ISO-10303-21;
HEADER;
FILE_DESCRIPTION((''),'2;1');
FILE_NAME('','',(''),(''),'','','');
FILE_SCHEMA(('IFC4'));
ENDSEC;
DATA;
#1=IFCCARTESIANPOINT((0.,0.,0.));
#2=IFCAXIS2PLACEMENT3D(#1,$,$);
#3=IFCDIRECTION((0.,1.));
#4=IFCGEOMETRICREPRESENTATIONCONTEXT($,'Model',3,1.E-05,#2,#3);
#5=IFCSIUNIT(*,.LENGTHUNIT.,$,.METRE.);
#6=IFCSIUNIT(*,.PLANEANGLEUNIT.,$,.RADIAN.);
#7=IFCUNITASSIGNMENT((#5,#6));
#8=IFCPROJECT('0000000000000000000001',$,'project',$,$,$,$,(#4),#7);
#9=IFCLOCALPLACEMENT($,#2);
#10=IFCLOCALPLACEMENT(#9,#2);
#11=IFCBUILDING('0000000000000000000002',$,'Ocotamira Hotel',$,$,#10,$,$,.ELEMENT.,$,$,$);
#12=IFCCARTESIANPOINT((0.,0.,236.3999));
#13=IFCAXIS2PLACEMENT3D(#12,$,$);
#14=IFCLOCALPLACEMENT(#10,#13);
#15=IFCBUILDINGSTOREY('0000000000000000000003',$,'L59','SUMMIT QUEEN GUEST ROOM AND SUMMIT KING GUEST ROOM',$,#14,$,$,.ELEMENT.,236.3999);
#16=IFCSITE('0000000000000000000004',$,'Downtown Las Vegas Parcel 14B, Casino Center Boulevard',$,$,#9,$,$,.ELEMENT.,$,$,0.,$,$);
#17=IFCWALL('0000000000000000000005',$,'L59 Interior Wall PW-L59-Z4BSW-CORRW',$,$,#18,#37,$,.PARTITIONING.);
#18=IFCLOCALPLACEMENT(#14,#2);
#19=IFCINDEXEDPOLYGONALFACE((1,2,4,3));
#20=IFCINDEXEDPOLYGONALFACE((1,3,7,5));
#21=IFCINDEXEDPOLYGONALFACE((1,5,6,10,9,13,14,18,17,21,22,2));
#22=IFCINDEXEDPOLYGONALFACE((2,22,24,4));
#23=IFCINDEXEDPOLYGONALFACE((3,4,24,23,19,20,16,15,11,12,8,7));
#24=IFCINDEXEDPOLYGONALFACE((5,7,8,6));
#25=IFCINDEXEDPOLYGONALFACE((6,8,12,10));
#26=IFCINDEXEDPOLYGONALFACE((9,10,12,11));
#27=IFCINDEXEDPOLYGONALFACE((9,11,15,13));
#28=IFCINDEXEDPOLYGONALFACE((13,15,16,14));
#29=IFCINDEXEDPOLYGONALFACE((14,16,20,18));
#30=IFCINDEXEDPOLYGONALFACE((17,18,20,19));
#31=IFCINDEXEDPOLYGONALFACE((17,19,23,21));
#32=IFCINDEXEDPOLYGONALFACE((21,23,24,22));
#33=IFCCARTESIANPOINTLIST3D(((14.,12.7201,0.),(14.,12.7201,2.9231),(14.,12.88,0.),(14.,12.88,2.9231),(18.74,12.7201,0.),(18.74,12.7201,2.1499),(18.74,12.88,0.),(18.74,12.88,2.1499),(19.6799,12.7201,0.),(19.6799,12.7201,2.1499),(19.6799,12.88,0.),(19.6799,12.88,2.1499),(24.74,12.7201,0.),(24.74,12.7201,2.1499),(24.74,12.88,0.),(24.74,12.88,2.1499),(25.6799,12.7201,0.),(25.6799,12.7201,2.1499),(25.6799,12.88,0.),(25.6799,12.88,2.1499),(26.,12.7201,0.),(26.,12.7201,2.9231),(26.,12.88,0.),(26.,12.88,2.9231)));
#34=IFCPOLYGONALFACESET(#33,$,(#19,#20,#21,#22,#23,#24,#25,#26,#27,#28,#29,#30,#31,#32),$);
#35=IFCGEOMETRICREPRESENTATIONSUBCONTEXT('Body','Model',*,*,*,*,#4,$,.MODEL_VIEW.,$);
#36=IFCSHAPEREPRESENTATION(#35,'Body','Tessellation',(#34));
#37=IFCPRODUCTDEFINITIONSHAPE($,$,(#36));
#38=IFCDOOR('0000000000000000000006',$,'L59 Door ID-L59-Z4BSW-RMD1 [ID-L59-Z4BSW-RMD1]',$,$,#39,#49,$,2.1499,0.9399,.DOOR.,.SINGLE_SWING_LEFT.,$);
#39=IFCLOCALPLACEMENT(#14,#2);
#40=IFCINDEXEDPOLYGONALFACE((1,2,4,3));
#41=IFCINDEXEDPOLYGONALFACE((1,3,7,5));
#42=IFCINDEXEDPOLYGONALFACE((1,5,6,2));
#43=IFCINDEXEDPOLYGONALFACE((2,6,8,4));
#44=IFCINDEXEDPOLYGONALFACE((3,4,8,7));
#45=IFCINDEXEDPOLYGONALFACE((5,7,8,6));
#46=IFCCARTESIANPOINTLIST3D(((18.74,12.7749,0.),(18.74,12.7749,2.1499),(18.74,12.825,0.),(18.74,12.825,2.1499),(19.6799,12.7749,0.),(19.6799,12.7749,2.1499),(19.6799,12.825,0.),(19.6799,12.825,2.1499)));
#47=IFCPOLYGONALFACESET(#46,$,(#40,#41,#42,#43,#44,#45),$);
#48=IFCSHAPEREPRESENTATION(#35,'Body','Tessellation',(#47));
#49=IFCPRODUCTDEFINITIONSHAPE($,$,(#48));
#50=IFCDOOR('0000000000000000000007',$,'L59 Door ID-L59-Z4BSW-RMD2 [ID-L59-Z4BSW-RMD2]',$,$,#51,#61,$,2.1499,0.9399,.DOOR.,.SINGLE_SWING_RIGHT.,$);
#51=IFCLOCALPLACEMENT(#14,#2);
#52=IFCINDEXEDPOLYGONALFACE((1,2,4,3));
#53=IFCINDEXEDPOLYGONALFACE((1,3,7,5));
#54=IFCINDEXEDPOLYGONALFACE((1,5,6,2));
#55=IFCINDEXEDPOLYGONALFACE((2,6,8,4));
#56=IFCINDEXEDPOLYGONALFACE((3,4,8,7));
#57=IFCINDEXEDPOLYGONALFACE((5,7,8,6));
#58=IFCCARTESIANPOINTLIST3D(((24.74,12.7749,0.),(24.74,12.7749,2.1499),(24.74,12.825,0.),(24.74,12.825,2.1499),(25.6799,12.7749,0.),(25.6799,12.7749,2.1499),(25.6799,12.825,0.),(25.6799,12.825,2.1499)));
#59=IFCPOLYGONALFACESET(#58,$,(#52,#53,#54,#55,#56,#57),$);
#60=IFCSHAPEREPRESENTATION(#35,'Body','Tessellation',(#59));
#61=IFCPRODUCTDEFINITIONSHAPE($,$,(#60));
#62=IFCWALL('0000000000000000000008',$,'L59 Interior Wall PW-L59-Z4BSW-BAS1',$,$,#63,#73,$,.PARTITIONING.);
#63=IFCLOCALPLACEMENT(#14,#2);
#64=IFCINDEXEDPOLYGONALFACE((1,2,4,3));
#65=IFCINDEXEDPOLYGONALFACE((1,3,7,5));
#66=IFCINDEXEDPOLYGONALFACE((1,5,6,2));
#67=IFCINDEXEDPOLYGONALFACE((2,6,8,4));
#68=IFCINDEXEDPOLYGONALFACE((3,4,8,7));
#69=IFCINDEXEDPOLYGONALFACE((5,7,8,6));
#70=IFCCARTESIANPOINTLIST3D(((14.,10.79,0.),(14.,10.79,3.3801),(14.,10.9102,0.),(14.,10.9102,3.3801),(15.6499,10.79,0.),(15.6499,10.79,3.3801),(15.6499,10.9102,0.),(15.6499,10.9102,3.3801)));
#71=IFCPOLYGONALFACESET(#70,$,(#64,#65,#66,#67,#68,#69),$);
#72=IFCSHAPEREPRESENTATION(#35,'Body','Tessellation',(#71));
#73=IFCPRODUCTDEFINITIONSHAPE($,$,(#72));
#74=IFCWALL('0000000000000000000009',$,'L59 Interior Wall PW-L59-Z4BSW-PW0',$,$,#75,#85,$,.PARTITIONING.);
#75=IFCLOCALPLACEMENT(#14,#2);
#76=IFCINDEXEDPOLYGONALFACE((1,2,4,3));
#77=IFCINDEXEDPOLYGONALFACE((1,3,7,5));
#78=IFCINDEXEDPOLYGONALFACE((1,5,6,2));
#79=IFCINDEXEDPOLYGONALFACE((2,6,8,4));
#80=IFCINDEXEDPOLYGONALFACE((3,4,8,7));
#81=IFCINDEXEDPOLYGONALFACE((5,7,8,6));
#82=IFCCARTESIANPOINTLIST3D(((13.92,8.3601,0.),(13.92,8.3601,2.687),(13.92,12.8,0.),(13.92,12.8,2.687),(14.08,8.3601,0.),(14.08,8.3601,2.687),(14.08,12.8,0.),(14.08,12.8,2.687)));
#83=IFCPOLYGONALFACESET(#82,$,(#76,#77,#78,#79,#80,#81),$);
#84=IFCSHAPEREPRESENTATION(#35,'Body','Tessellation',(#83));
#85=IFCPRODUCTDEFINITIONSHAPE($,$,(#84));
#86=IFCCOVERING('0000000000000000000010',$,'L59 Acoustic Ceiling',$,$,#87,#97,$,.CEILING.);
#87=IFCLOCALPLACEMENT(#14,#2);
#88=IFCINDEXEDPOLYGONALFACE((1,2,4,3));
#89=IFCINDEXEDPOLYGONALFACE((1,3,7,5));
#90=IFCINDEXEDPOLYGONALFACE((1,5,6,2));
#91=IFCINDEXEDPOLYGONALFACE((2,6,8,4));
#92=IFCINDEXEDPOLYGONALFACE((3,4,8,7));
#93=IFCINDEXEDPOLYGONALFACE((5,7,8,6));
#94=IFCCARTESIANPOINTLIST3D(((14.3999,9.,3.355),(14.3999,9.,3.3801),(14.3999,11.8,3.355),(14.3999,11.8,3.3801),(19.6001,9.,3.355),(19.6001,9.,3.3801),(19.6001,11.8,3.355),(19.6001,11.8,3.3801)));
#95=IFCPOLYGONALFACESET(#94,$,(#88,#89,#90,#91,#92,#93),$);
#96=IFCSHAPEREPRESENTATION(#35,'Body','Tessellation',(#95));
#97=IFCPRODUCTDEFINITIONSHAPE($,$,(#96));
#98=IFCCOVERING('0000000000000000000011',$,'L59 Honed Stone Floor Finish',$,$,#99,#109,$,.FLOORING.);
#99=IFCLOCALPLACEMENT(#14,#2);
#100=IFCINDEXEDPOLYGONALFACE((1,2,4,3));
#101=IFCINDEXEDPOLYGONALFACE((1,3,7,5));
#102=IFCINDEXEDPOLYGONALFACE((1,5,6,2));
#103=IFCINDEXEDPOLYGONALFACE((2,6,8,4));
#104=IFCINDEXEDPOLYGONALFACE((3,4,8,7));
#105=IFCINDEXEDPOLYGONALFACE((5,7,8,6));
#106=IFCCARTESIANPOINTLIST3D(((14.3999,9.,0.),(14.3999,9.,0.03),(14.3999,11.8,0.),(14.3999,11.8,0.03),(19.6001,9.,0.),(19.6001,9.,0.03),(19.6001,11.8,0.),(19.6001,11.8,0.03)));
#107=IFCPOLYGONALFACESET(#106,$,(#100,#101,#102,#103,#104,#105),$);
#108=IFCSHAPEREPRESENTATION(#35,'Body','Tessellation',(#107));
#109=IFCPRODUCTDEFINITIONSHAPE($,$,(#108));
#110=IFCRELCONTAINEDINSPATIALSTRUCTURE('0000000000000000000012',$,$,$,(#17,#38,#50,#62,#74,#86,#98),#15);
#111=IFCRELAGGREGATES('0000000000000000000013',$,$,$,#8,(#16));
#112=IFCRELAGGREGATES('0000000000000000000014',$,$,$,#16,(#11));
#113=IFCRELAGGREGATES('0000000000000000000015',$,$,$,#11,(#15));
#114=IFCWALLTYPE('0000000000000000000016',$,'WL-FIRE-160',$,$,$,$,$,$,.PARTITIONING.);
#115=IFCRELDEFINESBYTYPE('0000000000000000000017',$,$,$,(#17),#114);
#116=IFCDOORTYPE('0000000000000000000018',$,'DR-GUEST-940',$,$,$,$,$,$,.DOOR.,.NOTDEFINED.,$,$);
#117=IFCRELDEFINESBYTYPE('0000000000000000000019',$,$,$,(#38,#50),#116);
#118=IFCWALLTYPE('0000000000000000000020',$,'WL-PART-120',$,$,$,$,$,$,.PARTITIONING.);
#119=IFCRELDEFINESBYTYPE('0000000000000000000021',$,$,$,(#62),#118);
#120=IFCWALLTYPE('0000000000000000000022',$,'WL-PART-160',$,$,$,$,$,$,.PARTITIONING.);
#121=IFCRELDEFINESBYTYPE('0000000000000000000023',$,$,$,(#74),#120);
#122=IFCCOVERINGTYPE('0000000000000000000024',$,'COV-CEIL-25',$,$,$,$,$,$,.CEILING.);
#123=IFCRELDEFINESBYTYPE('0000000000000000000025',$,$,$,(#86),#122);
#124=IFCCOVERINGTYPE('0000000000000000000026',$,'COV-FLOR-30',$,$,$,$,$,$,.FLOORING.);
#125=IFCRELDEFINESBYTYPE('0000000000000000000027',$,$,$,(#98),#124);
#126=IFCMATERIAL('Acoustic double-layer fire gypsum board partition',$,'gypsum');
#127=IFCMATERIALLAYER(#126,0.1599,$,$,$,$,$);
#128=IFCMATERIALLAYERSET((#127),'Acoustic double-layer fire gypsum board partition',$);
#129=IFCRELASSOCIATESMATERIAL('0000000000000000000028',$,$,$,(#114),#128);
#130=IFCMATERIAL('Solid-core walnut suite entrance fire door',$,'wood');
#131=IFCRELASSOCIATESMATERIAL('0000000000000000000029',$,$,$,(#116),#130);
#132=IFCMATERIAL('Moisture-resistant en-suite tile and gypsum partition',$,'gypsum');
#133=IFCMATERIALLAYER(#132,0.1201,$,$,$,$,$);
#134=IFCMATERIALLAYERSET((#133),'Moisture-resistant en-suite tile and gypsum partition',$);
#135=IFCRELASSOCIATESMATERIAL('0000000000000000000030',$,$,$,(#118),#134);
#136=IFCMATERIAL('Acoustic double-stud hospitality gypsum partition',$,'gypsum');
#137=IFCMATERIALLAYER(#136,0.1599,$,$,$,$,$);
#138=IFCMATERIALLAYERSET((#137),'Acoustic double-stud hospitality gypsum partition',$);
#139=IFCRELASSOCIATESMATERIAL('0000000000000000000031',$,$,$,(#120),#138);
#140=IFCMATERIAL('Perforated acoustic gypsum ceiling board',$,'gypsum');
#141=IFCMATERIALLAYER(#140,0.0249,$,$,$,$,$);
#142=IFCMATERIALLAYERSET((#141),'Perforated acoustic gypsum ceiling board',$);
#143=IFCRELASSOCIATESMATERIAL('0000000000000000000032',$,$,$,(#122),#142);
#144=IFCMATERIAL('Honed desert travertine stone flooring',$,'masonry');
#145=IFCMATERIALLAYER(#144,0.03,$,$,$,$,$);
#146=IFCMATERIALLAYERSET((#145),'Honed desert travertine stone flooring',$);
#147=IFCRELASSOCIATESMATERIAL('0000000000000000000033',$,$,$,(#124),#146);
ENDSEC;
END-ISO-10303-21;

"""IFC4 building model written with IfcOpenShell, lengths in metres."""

from ifc_helpers import new_model, si_unit, direction, frame, frame_2d, origin, place, context, subcontext, project, spatial, polyline, rectangle, outline, extrude, source, transform, mapped, material, layer, layer_set, type_object, element, fill, save


model = new_model("IFC4")

# Units and contexts
model_context = context("Model", 3, precision=1e-05, world=origin(), true_north=direction((0.0, 1.0)))
body_context = subcontext(model_context, "Body", "Model", "MODEL_VIEW")
ifc_project = project(units=[si_unit("LENGTHUNIT", "METRE"), si_unit("PLANEANGLEUNIT", "RADIAN")], contexts=[model_context])

# Site, building, storey
site_placement = place(None, origin())
site = spatial("IfcSite", under=ifc_project, at=site_placement, Name="Downtown Las Vegas Parcel 14B, Casino Center Boulevard", CompositionType="ELEMENT", RefElevation=0.0)
building_placement = place(site_placement, origin())
building = spatial("IfcBuilding", under=site, at=building_placement, Name="Ocotamira Hotel", CompositionType="ELEMENT")
storey_placement = place(building_placement, frame((0.0, 0.0, 236.3999)))
storey = spatial("IfcBuildingStorey", under=building, at=storey_placement, Name="L59", Description="SUMMIT QUEEN GUEST ROOM AND SUMMIT KING GUEST ROOM", CompositionType="ELEMENT", Elevation=236.3999)

# Wall, openings, doors
ifc_material_1 = material(Name="Acoustic double-layer fire gypsum board partition", Category="gypsum")
ifc_layer_1 = layer(ifc_material_1, 0.1599)
ifc_layer_set_1 = layer_set([ifc_layer_1], Name="Acoustic double-layer fire gypsum board partition")
wall_type_1 = type_object("IfcWallType", Name="WL-FIRE-160", PredefinedType="PARTITIONING", material=ifc_layer_set_1)
wall_1_placement = place(storey_placement, frame((14.0, 12.8, 0.0), z_axis=(0.0, 0.0, 1.0), x_axis=(1.0, 0.0, 0.0)))
wall_1 = element("IfcWall", 1, at=wall_1_placement, inside=storey, type_object=wall_type_1, Name="L59 Interior Wall PW-L59-Z4BSW-CORRW", PredefinedType="PARTITIONING", context=body_context, shape_type="SweptSolid", body=[
    extrude(rectangle(XDim=12.0, YDim=0.1599, at=frame_2d((6.0, 0.0))), origin(), (0.0, 0.0, 1.0), 2.9231),
])
opening_1_placement = place(wall_1_placement, frame((4.74, 0.0, 0.0)))
opening_1 = element("IfcOpeningElement", 2, at=opening_1_placement, cuts=wall_1, PredefinedType="OPENING", context=body_context, shape_type="SweptSolid", body=[
    extrude(rectangle(XDim=0.9399, YDim=2.1499, at=frame_2d((0.47, 1.075))), frame((0.0, 0.0898, 0.0), z_axis=(0.0, -1.0, 0.0), x_axis=(1.0, 0.0, 0.0)), (0.0, 0.0, 1.0), 0.1799),
])
opening_2_placement = place(wall_1_placement, frame((10.74, 0.0, 0.0)))
opening_2 = element("IfcOpeningElement", 3, at=opening_2_placement, cuts=wall_1, PredefinedType="OPENING", context=body_context, shape_type="SweptSolid", body=[
    extrude(rectangle(XDim=0.9399, YDim=2.1499, at=frame_2d((0.47, 1.075))), frame((0.0, 0.0898, 0.0), z_axis=(0.0, -1.0, 0.0), x_axis=(1.0, 0.0, 0.0)), (0.0, 0.0, 1.0), 0.1799),
])
ifc_material_2 = material(Name="Solid-core walnut suite entrance fire door", Category="wood")
door_type_1 = type_object("IfcDoorType", Name="DR-GUEST-940", OperationType="NOTDEFINED", PredefinedType="DOOR", material=ifc_material_2)
shared_shape_1 = source(origin(), body_context, "Body", "SweptSolid", [
    extrude(rectangle(XDim=0.9399, YDim=2.1499, at=frame_2d((0.47, 1.075))), frame((0.0, 0.0249, 0.0), z_axis=(0.0, -1.0, 0.0), x_axis=(1.0, 0.0, 0.0)), (0.0, 0.0, 1.0), 0.05),
])
door_1_placement = place(opening_1_placement, origin())
door_1 = element("IfcDoor", 4, at=door_1_placement, inside=storey, type_object=door_type_1, Name="L59 Door ID-L59-Z4BSW-RMD1 [ID-L59-Z4BSW-RMD1]", OperationType="SINGLE_SWING_LEFT", OverallHeight=2.1499, OverallWidth=0.9399, PredefinedType="DOOR", context=body_context, shape_type="MappedRepresentation", body=[
    mapped(shared_shape_1, transform((0.0, 0.0, 0.0), scale=1.0)),
])
fill(opening_1, door_1)
door_2_placement = place(opening_2_placement, origin())
door_2 = element("IfcDoor", 5, at=door_2_placement, inside=storey, type_object=door_type_1, Name="L59 Door ID-L59-Z4BSW-RMD2 [ID-L59-Z4BSW-RMD2]", OperationType="SINGLE_SWING_RIGHT", OverallHeight=2.1499, OverallWidth=0.9399, PredefinedType="DOOR", context=body_context, shape_type="MappedRepresentation", body=[
    mapped(shared_shape_1, transform((0.0, 0.0, 0.0), scale=1.0)),
])
fill(opening_2, door_2)

# Walls
ifc_material_3 = material(Name="Moisture-resistant en-suite tile and gypsum partition", Category="gypsum")
ifc_layer_2 = layer(ifc_material_3, 0.1201)
ifc_layer_set_2 = layer_set([ifc_layer_2], Name="Moisture-resistant en-suite tile and gypsum partition")
wall_type_2 = type_object("IfcWallType", Name="WL-PART-120", PredefinedType="PARTITIONING", material=ifc_layer_set_2)
wall_2_placement = place(storey_placement, frame((14.0, 10.8501, 0.0), z_axis=(0.0, 0.0, 1.0), x_axis=(1.0, 0.0, 0.0)))
element("IfcWall", 6, at=wall_2_placement, inside=storey, type_object=wall_type_2, Name="L59 Interior Wall PW-L59-Z4BSW-BAS1", PredefinedType="PARTITIONING", context=body_context, shape_type="SweptSolid", body=[
    extrude(rectangle(XDim=1.6499, YDim=0.1201, at=frame_2d((0.825, 0.0))), origin(), (0.0, 0.0, 1.0), 3.3801),
])
ifc_material_4 = material(Name="Acoustic double-stud hospitality gypsum partition", Category="gypsum")
ifc_layer_3 = layer(ifc_material_4, 0.1599)
ifc_layer_set_3 = layer_set([ifc_layer_3], Name="Acoustic double-stud hospitality gypsum partition")
wall_type_3 = type_object("IfcWallType", Name="WL-PART-160", PredefinedType="PARTITIONING", material=ifc_layer_set_3)
wall_3_placement = place(storey_placement, frame((14.0, 8.3601, 0.0), z_axis=(0.0, 0.0, 1.0), x_axis=(0.0, 1.0, 0.0)))
element("IfcWall", 7, at=wall_3_placement, inside=storey, type_object=wall_type_3, Name="L59 Interior Wall PW-L59-Z4BSW-PW0", PredefinedType="PARTITIONING", context=body_context, shape_type="SweptSolid", body=[
    extrude(rectangle(XDim=4.4399, YDim=0.1599, at=frame_2d((2.22, 0.0))), origin(), (0.0, 0.0, 1.0), 2.687),
])

# Coverings
ifc_material_5 = material(Name="Perforated acoustic gypsum ceiling board", Category="gypsum")
ifc_layer_4 = layer(ifc_material_5, 0.0249)
ifc_layer_set_4 = layer_set([ifc_layer_4], Name="Perforated acoustic gypsum ceiling board")
covering_type_1 = type_object("IfcCoveringType", Name="COV-CEIL-25", PredefinedType="CEILING", material=ifc_layer_set_4)
covering_1_placement = place(storey_placement, frame((0.0, 0.0, 3.355)))
element("IfcCovering", 8, at=covering_1_placement, inside=storey, type_object=covering_type_1, Name="L59 Acoustic Ceiling", PredefinedType="CEILING", context=body_context, shape_type="SweptSolid", body=[
    extrude(outline(polyline([(14.3999, 9.0), (19.6001, 9.0), (19.6001, 11.8), (14.3999, 11.8), (14.3999, 9.0)])), origin(), (0.0, 0.0, 1.0), 0.0251),
])
ifc_material_6 = material(Name="Honed desert travertine stone flooring", Category="masonry")
ifc_layer_5 = layer(ifc_material_6, 0.03)
ifc_layer_set_5 = layer_set([ifc_layer_5], Name="Honed desert travertine stone flooring")
covering_type_2 = type_object("IfcCoveringType", Name="COV-FLOR-30", PredefinedType="FLOORING", material=ifc_layer_set_5)
covering_2_placement = place(storey_placement, origin())
element("IfcCovering", 9, at=covering_2_placement, inside=storey, type_object=covering_type_2, Name="L59 Honed Stone Floor Finish", PredefinedType="FLOORING", context=body_context, shape_type="SweptSolid", body=[
    extrude(outline(polyline([(14.3999, 9.0), (19.6001, 9.0), (19.6001, 11.8), (14.3999, 11.8), (14.3999, 9.0)])), origin(), (0.0, 0.0, 1.0), 0.03),
])

save(model, "model.ifc")
